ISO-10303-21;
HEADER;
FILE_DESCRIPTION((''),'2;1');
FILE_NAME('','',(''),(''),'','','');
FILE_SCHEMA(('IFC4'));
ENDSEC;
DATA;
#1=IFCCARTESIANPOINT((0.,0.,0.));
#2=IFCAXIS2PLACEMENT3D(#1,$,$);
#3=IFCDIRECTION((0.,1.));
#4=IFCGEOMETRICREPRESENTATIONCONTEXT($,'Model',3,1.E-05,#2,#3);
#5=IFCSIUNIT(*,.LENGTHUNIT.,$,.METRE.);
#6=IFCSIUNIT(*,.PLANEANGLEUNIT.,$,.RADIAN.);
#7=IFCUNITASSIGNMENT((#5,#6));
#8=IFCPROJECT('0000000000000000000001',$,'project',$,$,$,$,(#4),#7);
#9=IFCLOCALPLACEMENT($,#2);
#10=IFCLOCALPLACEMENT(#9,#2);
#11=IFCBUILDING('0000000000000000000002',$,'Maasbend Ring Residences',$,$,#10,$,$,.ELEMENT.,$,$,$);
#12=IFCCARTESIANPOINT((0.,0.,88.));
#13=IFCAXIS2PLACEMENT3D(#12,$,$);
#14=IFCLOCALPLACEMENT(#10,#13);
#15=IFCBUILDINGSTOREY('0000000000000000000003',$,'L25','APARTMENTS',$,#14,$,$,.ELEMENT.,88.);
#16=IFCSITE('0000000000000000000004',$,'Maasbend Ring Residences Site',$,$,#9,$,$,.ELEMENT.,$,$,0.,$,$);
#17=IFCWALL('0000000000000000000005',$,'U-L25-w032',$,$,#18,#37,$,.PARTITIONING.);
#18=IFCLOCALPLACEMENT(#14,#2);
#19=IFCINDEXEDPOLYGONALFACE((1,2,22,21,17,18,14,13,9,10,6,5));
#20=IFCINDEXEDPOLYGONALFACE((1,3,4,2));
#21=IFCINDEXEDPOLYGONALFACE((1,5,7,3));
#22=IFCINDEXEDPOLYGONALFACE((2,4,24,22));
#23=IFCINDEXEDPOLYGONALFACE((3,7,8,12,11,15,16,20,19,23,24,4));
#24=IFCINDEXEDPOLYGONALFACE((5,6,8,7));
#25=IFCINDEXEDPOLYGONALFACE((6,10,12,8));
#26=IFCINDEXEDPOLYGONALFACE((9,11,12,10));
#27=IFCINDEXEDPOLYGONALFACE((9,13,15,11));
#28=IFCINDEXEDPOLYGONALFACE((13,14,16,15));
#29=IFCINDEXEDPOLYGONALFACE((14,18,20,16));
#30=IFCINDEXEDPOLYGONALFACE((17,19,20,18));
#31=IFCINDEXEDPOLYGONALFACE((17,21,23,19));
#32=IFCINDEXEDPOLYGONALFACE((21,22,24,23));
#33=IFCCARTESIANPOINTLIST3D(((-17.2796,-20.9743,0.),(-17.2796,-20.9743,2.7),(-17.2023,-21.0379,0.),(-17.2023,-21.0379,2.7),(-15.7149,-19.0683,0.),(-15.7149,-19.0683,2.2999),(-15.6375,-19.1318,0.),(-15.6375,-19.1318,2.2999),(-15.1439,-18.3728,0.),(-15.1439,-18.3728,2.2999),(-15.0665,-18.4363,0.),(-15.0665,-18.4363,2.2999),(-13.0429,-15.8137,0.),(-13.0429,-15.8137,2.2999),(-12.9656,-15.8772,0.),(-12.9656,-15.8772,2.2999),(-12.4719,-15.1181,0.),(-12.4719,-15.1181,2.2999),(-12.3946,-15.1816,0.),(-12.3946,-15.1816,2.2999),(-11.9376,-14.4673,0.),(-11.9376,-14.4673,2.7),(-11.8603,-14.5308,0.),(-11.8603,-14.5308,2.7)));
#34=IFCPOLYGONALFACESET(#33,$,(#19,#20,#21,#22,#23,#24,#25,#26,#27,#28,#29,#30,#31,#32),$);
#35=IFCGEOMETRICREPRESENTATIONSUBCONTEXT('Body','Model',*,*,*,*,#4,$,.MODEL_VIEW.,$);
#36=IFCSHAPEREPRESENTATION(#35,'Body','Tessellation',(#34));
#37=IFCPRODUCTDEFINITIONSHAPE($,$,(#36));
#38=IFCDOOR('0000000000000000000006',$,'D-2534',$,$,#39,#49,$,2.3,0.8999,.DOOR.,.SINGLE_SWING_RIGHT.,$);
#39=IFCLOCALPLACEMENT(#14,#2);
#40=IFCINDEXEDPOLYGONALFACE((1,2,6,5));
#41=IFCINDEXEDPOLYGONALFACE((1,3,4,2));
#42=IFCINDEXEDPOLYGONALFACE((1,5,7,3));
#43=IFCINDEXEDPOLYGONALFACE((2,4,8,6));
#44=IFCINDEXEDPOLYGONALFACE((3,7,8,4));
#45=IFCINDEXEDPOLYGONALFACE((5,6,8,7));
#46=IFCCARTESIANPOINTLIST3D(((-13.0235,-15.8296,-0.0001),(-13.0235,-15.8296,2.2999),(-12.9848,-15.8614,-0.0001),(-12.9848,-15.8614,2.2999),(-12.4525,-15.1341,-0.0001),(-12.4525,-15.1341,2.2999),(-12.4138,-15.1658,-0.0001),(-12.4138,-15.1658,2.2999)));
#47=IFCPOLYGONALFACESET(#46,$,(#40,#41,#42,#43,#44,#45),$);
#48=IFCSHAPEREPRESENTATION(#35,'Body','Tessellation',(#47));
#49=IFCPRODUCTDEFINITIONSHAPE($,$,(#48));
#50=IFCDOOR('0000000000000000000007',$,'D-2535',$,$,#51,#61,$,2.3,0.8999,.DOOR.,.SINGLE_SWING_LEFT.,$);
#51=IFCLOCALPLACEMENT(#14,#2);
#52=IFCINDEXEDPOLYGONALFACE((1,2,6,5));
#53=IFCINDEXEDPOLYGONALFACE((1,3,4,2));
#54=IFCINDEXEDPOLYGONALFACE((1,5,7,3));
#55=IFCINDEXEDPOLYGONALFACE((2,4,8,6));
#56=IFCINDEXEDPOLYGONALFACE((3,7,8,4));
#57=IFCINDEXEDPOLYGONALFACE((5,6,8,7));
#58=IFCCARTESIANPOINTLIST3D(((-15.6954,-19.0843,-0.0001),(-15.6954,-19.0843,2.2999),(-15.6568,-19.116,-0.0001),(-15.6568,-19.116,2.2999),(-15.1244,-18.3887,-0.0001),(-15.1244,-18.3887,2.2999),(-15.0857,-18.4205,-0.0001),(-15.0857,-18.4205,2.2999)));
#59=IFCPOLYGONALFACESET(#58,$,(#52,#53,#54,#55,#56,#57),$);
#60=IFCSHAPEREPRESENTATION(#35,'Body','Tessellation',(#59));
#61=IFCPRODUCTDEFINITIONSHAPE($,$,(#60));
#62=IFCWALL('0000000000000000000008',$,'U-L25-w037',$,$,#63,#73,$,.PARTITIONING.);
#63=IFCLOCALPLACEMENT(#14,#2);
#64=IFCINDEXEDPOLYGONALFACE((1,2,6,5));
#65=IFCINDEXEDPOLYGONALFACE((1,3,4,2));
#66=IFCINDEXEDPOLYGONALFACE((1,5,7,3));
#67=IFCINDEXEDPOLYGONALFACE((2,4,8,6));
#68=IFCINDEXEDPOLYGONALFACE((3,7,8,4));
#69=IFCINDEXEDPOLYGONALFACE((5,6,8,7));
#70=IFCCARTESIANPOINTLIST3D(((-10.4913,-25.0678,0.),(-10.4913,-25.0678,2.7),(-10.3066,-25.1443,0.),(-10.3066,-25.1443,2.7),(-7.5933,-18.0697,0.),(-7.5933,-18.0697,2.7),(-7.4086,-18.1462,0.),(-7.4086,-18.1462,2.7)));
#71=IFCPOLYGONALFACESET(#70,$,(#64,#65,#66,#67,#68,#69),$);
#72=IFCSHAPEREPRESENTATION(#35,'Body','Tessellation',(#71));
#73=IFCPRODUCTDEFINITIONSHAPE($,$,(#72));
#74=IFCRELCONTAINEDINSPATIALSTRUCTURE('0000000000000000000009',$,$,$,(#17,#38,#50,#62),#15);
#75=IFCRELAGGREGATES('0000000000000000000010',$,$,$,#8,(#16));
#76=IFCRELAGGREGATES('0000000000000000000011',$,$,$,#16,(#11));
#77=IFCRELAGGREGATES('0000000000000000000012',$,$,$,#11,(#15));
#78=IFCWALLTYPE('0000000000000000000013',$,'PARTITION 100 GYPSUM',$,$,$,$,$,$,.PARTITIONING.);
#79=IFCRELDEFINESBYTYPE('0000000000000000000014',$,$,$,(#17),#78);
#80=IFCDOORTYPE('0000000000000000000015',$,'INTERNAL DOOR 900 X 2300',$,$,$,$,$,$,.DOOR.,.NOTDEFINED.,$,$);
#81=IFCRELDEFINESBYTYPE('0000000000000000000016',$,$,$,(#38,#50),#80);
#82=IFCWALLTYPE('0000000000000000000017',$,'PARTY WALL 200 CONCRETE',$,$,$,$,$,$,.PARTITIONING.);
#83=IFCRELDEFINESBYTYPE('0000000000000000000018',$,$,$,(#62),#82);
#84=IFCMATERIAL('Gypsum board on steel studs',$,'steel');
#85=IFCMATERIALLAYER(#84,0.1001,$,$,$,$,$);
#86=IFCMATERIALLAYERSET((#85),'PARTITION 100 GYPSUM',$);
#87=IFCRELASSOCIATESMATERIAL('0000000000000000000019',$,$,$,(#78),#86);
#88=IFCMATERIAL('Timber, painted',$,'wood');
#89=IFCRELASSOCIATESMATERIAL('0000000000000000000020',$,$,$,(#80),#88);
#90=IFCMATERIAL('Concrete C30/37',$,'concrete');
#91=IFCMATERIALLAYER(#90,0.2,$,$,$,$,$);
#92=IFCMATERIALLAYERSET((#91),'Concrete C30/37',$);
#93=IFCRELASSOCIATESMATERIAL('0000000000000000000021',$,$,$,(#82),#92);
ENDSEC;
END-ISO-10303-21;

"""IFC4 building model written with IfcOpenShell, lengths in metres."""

from ifc_helpers import new_model, si_unit, direction, frame, frame_2d, origin, place, context, subcontext, project, spatial, rectangle, extrude, material, layer, layer_set, type_object, element, fill, save


model = new_model("IFC4")

# Units and contexts
model_context = context("Model", 3, precision=1e-05, world=origin(), true_north=direction((0.0, 1.0)))
body_context = subcontext(model_context, "Body", "Model", "MODEL_VIEW")
ifc_project = project(units=[si_unit("LENGTHUNIT", "METRE"), si_unit("PLANEANGLEUNIT", "RADIAN")], contexts=[model_context])

# Site, building, storey
site_placement = place(None, origin())
site = spatial("IfcSite", under=ifc_project, at=site_placement, Name="Maasbend Ring Residences Site", CompositionType="ELEMENT", RefElevation=0.0)
building_placement = place(site_placement, origin())
building = spatial("IfcBuilding", under=site, at=building_placement, Name="Maasbend Ring Residences", CompositionType="ELEMENT")
storey_placement = place(building_placement, frame((0.0, 0.0, 88.0)))
storey = spatial("IfcBuildingStorey", under=building, at=storey_placement, Name="L25", Description="APARTMENTS", CompositionType="ELEMENT", Elevation=88.0)

# Shared definitions
ifc_material_1 = material(Name="Gypsum board on steel studs", Category="steel")
ifc_layer_1 = layer(ifc_material_1, 0.1001)
ifc_layer_set_1 = layer_set([ifc_layer_1], Name="PARTITION 100 GYPSUM")
wall_type_1 = type_object("IfcWallType", Name="PARTITION 100 GYPSUM", PredefinedType="PARTITIONING", material=ifc_layer_set_1)

# Wall, openings, doors
wall_1_placement = place(storey_placement, frame((-17.241, -21.0061, 0.0), z_axis=(0.0, 0.0, 1.0), x_axis=(0.634522, 0.772905, 0.0)))
wall_1 = element("IfcWall", 1, at=wall_1_placement, inside=storey, type_object=wall_type_1, Name="U-L25-w032", PredefinedType="PARTITIONING", context=body_context, shape_type="SweptSolid", body=[
    extrude(rectangle(XDim=8.4189, YDim=0.1001, at=frame_2d((4.2095, 0.0))), origin(), (0.0, 0.0, 1.0), 2.7),
])
opening_1_placement = place(wall_1_placement, frame((6.677, 0.0, 0.0)))
opening_1 = element("IfcOpeningElement", 2, at=opening_1_placement, cuts=wall_1, PredefinedType="OPENING", context=body_context, shape_type="SweptSolid", body=[
    extrude(rectangle(XDim=0.8999, YDim=2.3, at=frame_2d((0.45, 1.1499))), frame((0.0, 0.0601, 0.0), z_axis=(0.0, -1.0, 0.0), x_axis=(1.0, 0.0, 0.0)), (0.0, 0.0, 1.0), 0.1201),
])
opening_2_placement = place(wall_1_placement, frame((2.4661, 0.0, 0.0)))
opening_2 = element("IfcOpeningElement", 3, at=opening_2_placement, cuts=wall_1, PredefinedType="OPENING", context=body_context, shape_type="SweptSolid", body=[
    extrude(rectangle(XDim=0.8999, YDim=2.3, at=frame_2d((0.45, 1.1499))), frame((0.0, 0.0601, 0.0), z_axis=(0.0, -1.0, 0.0), x_axis=(1.0, 0.0, 0.0)), (0.0, 0.0, 1.0), 0.1201),
])
ifc_material_2 = material(Name="Timber, painted", Category="wood")
door_type_1 = type_object("IfcDoorType", Name="INTERNAL DOOR 900 X 2300", OperationType="NOTDEFINED", PredefinedType="DOOR", material=ifc_material_2)
door_1_placement = place(opening_1_placement, origin())
door_1 = element("IfcDoor", 4, at=door_1_placement, inside=storey, type_object=door_type_1, Name="D-2534", OperationType="SINGLE_SWING_RIGHT", OverallHeight=2.3, OverallWidth=0.8999, PredefinedType="DOOR", context=body_context, shape_type="SweptSolid", body=[
    extrude(rectangle(XDim=0.8999, YDim=2.3, at=frame_2d((0.45, 1.1499))), frame((0.0, 0.0249, 0.0), z_axis=(0.0, -1.0, 0.0), x_axis=(1.0, 0.0, 0.0)), (0.0, 0.0, 1.0), 0.05),
])
fill(opening_1, door_1)
door_2_placement = place(opening_2_placement, origin())
door_2 = element("IfcDoor", 5, at=door_2_placement, inside=storey, type_object=door_type_1, Name="D-2535", OperationType="SINGLE_SWING_LEFT", OverallHeight=2.3, OverallWidth=0.8999, PredefinedType="DOOR", context=body_context, shape_type="SweptSolid", body=[
    extrude(rectangle(XDim=0.8999, YDim=2.3, at=frame_2d((0.45, 1.1499))), frame((0.0, 0.0249, 0.0), z_axis=(0.0, -1.0, 0.0), x_axis=(1.0, 0.0, 0.0)), (0.0, 0.0, 1.0), 0.05),
])
fill(opening_2, door_2)

# Wall
ifc_material_3 = material(Name="Concrete C30/37", Category="concrete")
ifc_layer_2 = layer(ifc_material_3, 0.2)
ifc_layer_set_2 = layer_set([ifc_layer_2], Name="Concrete C30/37")
wall_type_2 = type_object("IfcWallType", Name="PARTY WALL 200 CONCRETE", PredefinedType="PARTITIONING", material=ifc_layer_set_2)
wall_2_placement = place(storey_placement, frame((-10.3989, -25.106, 0.0), z_axis=(0.0, 0.0, 1.0), x_axis=(0.3826, 0.923914, 0.0)))
element("IfcWall", 6, at=wall_2_placement, inside=storey, type_object=wall_type_2, Name="U-L25-w037", PredefinedType="PARTITIONING", context=body_context, shape_type="SweptSolid", body=[
    extrude(rectangle(XDim=7.5745, YDim=0.2, at=frame_2d((3.7871, 0.0))), origin(), (0.0, 0.0, 1.0), 2.7),
])

save(model, "model.ifc")
